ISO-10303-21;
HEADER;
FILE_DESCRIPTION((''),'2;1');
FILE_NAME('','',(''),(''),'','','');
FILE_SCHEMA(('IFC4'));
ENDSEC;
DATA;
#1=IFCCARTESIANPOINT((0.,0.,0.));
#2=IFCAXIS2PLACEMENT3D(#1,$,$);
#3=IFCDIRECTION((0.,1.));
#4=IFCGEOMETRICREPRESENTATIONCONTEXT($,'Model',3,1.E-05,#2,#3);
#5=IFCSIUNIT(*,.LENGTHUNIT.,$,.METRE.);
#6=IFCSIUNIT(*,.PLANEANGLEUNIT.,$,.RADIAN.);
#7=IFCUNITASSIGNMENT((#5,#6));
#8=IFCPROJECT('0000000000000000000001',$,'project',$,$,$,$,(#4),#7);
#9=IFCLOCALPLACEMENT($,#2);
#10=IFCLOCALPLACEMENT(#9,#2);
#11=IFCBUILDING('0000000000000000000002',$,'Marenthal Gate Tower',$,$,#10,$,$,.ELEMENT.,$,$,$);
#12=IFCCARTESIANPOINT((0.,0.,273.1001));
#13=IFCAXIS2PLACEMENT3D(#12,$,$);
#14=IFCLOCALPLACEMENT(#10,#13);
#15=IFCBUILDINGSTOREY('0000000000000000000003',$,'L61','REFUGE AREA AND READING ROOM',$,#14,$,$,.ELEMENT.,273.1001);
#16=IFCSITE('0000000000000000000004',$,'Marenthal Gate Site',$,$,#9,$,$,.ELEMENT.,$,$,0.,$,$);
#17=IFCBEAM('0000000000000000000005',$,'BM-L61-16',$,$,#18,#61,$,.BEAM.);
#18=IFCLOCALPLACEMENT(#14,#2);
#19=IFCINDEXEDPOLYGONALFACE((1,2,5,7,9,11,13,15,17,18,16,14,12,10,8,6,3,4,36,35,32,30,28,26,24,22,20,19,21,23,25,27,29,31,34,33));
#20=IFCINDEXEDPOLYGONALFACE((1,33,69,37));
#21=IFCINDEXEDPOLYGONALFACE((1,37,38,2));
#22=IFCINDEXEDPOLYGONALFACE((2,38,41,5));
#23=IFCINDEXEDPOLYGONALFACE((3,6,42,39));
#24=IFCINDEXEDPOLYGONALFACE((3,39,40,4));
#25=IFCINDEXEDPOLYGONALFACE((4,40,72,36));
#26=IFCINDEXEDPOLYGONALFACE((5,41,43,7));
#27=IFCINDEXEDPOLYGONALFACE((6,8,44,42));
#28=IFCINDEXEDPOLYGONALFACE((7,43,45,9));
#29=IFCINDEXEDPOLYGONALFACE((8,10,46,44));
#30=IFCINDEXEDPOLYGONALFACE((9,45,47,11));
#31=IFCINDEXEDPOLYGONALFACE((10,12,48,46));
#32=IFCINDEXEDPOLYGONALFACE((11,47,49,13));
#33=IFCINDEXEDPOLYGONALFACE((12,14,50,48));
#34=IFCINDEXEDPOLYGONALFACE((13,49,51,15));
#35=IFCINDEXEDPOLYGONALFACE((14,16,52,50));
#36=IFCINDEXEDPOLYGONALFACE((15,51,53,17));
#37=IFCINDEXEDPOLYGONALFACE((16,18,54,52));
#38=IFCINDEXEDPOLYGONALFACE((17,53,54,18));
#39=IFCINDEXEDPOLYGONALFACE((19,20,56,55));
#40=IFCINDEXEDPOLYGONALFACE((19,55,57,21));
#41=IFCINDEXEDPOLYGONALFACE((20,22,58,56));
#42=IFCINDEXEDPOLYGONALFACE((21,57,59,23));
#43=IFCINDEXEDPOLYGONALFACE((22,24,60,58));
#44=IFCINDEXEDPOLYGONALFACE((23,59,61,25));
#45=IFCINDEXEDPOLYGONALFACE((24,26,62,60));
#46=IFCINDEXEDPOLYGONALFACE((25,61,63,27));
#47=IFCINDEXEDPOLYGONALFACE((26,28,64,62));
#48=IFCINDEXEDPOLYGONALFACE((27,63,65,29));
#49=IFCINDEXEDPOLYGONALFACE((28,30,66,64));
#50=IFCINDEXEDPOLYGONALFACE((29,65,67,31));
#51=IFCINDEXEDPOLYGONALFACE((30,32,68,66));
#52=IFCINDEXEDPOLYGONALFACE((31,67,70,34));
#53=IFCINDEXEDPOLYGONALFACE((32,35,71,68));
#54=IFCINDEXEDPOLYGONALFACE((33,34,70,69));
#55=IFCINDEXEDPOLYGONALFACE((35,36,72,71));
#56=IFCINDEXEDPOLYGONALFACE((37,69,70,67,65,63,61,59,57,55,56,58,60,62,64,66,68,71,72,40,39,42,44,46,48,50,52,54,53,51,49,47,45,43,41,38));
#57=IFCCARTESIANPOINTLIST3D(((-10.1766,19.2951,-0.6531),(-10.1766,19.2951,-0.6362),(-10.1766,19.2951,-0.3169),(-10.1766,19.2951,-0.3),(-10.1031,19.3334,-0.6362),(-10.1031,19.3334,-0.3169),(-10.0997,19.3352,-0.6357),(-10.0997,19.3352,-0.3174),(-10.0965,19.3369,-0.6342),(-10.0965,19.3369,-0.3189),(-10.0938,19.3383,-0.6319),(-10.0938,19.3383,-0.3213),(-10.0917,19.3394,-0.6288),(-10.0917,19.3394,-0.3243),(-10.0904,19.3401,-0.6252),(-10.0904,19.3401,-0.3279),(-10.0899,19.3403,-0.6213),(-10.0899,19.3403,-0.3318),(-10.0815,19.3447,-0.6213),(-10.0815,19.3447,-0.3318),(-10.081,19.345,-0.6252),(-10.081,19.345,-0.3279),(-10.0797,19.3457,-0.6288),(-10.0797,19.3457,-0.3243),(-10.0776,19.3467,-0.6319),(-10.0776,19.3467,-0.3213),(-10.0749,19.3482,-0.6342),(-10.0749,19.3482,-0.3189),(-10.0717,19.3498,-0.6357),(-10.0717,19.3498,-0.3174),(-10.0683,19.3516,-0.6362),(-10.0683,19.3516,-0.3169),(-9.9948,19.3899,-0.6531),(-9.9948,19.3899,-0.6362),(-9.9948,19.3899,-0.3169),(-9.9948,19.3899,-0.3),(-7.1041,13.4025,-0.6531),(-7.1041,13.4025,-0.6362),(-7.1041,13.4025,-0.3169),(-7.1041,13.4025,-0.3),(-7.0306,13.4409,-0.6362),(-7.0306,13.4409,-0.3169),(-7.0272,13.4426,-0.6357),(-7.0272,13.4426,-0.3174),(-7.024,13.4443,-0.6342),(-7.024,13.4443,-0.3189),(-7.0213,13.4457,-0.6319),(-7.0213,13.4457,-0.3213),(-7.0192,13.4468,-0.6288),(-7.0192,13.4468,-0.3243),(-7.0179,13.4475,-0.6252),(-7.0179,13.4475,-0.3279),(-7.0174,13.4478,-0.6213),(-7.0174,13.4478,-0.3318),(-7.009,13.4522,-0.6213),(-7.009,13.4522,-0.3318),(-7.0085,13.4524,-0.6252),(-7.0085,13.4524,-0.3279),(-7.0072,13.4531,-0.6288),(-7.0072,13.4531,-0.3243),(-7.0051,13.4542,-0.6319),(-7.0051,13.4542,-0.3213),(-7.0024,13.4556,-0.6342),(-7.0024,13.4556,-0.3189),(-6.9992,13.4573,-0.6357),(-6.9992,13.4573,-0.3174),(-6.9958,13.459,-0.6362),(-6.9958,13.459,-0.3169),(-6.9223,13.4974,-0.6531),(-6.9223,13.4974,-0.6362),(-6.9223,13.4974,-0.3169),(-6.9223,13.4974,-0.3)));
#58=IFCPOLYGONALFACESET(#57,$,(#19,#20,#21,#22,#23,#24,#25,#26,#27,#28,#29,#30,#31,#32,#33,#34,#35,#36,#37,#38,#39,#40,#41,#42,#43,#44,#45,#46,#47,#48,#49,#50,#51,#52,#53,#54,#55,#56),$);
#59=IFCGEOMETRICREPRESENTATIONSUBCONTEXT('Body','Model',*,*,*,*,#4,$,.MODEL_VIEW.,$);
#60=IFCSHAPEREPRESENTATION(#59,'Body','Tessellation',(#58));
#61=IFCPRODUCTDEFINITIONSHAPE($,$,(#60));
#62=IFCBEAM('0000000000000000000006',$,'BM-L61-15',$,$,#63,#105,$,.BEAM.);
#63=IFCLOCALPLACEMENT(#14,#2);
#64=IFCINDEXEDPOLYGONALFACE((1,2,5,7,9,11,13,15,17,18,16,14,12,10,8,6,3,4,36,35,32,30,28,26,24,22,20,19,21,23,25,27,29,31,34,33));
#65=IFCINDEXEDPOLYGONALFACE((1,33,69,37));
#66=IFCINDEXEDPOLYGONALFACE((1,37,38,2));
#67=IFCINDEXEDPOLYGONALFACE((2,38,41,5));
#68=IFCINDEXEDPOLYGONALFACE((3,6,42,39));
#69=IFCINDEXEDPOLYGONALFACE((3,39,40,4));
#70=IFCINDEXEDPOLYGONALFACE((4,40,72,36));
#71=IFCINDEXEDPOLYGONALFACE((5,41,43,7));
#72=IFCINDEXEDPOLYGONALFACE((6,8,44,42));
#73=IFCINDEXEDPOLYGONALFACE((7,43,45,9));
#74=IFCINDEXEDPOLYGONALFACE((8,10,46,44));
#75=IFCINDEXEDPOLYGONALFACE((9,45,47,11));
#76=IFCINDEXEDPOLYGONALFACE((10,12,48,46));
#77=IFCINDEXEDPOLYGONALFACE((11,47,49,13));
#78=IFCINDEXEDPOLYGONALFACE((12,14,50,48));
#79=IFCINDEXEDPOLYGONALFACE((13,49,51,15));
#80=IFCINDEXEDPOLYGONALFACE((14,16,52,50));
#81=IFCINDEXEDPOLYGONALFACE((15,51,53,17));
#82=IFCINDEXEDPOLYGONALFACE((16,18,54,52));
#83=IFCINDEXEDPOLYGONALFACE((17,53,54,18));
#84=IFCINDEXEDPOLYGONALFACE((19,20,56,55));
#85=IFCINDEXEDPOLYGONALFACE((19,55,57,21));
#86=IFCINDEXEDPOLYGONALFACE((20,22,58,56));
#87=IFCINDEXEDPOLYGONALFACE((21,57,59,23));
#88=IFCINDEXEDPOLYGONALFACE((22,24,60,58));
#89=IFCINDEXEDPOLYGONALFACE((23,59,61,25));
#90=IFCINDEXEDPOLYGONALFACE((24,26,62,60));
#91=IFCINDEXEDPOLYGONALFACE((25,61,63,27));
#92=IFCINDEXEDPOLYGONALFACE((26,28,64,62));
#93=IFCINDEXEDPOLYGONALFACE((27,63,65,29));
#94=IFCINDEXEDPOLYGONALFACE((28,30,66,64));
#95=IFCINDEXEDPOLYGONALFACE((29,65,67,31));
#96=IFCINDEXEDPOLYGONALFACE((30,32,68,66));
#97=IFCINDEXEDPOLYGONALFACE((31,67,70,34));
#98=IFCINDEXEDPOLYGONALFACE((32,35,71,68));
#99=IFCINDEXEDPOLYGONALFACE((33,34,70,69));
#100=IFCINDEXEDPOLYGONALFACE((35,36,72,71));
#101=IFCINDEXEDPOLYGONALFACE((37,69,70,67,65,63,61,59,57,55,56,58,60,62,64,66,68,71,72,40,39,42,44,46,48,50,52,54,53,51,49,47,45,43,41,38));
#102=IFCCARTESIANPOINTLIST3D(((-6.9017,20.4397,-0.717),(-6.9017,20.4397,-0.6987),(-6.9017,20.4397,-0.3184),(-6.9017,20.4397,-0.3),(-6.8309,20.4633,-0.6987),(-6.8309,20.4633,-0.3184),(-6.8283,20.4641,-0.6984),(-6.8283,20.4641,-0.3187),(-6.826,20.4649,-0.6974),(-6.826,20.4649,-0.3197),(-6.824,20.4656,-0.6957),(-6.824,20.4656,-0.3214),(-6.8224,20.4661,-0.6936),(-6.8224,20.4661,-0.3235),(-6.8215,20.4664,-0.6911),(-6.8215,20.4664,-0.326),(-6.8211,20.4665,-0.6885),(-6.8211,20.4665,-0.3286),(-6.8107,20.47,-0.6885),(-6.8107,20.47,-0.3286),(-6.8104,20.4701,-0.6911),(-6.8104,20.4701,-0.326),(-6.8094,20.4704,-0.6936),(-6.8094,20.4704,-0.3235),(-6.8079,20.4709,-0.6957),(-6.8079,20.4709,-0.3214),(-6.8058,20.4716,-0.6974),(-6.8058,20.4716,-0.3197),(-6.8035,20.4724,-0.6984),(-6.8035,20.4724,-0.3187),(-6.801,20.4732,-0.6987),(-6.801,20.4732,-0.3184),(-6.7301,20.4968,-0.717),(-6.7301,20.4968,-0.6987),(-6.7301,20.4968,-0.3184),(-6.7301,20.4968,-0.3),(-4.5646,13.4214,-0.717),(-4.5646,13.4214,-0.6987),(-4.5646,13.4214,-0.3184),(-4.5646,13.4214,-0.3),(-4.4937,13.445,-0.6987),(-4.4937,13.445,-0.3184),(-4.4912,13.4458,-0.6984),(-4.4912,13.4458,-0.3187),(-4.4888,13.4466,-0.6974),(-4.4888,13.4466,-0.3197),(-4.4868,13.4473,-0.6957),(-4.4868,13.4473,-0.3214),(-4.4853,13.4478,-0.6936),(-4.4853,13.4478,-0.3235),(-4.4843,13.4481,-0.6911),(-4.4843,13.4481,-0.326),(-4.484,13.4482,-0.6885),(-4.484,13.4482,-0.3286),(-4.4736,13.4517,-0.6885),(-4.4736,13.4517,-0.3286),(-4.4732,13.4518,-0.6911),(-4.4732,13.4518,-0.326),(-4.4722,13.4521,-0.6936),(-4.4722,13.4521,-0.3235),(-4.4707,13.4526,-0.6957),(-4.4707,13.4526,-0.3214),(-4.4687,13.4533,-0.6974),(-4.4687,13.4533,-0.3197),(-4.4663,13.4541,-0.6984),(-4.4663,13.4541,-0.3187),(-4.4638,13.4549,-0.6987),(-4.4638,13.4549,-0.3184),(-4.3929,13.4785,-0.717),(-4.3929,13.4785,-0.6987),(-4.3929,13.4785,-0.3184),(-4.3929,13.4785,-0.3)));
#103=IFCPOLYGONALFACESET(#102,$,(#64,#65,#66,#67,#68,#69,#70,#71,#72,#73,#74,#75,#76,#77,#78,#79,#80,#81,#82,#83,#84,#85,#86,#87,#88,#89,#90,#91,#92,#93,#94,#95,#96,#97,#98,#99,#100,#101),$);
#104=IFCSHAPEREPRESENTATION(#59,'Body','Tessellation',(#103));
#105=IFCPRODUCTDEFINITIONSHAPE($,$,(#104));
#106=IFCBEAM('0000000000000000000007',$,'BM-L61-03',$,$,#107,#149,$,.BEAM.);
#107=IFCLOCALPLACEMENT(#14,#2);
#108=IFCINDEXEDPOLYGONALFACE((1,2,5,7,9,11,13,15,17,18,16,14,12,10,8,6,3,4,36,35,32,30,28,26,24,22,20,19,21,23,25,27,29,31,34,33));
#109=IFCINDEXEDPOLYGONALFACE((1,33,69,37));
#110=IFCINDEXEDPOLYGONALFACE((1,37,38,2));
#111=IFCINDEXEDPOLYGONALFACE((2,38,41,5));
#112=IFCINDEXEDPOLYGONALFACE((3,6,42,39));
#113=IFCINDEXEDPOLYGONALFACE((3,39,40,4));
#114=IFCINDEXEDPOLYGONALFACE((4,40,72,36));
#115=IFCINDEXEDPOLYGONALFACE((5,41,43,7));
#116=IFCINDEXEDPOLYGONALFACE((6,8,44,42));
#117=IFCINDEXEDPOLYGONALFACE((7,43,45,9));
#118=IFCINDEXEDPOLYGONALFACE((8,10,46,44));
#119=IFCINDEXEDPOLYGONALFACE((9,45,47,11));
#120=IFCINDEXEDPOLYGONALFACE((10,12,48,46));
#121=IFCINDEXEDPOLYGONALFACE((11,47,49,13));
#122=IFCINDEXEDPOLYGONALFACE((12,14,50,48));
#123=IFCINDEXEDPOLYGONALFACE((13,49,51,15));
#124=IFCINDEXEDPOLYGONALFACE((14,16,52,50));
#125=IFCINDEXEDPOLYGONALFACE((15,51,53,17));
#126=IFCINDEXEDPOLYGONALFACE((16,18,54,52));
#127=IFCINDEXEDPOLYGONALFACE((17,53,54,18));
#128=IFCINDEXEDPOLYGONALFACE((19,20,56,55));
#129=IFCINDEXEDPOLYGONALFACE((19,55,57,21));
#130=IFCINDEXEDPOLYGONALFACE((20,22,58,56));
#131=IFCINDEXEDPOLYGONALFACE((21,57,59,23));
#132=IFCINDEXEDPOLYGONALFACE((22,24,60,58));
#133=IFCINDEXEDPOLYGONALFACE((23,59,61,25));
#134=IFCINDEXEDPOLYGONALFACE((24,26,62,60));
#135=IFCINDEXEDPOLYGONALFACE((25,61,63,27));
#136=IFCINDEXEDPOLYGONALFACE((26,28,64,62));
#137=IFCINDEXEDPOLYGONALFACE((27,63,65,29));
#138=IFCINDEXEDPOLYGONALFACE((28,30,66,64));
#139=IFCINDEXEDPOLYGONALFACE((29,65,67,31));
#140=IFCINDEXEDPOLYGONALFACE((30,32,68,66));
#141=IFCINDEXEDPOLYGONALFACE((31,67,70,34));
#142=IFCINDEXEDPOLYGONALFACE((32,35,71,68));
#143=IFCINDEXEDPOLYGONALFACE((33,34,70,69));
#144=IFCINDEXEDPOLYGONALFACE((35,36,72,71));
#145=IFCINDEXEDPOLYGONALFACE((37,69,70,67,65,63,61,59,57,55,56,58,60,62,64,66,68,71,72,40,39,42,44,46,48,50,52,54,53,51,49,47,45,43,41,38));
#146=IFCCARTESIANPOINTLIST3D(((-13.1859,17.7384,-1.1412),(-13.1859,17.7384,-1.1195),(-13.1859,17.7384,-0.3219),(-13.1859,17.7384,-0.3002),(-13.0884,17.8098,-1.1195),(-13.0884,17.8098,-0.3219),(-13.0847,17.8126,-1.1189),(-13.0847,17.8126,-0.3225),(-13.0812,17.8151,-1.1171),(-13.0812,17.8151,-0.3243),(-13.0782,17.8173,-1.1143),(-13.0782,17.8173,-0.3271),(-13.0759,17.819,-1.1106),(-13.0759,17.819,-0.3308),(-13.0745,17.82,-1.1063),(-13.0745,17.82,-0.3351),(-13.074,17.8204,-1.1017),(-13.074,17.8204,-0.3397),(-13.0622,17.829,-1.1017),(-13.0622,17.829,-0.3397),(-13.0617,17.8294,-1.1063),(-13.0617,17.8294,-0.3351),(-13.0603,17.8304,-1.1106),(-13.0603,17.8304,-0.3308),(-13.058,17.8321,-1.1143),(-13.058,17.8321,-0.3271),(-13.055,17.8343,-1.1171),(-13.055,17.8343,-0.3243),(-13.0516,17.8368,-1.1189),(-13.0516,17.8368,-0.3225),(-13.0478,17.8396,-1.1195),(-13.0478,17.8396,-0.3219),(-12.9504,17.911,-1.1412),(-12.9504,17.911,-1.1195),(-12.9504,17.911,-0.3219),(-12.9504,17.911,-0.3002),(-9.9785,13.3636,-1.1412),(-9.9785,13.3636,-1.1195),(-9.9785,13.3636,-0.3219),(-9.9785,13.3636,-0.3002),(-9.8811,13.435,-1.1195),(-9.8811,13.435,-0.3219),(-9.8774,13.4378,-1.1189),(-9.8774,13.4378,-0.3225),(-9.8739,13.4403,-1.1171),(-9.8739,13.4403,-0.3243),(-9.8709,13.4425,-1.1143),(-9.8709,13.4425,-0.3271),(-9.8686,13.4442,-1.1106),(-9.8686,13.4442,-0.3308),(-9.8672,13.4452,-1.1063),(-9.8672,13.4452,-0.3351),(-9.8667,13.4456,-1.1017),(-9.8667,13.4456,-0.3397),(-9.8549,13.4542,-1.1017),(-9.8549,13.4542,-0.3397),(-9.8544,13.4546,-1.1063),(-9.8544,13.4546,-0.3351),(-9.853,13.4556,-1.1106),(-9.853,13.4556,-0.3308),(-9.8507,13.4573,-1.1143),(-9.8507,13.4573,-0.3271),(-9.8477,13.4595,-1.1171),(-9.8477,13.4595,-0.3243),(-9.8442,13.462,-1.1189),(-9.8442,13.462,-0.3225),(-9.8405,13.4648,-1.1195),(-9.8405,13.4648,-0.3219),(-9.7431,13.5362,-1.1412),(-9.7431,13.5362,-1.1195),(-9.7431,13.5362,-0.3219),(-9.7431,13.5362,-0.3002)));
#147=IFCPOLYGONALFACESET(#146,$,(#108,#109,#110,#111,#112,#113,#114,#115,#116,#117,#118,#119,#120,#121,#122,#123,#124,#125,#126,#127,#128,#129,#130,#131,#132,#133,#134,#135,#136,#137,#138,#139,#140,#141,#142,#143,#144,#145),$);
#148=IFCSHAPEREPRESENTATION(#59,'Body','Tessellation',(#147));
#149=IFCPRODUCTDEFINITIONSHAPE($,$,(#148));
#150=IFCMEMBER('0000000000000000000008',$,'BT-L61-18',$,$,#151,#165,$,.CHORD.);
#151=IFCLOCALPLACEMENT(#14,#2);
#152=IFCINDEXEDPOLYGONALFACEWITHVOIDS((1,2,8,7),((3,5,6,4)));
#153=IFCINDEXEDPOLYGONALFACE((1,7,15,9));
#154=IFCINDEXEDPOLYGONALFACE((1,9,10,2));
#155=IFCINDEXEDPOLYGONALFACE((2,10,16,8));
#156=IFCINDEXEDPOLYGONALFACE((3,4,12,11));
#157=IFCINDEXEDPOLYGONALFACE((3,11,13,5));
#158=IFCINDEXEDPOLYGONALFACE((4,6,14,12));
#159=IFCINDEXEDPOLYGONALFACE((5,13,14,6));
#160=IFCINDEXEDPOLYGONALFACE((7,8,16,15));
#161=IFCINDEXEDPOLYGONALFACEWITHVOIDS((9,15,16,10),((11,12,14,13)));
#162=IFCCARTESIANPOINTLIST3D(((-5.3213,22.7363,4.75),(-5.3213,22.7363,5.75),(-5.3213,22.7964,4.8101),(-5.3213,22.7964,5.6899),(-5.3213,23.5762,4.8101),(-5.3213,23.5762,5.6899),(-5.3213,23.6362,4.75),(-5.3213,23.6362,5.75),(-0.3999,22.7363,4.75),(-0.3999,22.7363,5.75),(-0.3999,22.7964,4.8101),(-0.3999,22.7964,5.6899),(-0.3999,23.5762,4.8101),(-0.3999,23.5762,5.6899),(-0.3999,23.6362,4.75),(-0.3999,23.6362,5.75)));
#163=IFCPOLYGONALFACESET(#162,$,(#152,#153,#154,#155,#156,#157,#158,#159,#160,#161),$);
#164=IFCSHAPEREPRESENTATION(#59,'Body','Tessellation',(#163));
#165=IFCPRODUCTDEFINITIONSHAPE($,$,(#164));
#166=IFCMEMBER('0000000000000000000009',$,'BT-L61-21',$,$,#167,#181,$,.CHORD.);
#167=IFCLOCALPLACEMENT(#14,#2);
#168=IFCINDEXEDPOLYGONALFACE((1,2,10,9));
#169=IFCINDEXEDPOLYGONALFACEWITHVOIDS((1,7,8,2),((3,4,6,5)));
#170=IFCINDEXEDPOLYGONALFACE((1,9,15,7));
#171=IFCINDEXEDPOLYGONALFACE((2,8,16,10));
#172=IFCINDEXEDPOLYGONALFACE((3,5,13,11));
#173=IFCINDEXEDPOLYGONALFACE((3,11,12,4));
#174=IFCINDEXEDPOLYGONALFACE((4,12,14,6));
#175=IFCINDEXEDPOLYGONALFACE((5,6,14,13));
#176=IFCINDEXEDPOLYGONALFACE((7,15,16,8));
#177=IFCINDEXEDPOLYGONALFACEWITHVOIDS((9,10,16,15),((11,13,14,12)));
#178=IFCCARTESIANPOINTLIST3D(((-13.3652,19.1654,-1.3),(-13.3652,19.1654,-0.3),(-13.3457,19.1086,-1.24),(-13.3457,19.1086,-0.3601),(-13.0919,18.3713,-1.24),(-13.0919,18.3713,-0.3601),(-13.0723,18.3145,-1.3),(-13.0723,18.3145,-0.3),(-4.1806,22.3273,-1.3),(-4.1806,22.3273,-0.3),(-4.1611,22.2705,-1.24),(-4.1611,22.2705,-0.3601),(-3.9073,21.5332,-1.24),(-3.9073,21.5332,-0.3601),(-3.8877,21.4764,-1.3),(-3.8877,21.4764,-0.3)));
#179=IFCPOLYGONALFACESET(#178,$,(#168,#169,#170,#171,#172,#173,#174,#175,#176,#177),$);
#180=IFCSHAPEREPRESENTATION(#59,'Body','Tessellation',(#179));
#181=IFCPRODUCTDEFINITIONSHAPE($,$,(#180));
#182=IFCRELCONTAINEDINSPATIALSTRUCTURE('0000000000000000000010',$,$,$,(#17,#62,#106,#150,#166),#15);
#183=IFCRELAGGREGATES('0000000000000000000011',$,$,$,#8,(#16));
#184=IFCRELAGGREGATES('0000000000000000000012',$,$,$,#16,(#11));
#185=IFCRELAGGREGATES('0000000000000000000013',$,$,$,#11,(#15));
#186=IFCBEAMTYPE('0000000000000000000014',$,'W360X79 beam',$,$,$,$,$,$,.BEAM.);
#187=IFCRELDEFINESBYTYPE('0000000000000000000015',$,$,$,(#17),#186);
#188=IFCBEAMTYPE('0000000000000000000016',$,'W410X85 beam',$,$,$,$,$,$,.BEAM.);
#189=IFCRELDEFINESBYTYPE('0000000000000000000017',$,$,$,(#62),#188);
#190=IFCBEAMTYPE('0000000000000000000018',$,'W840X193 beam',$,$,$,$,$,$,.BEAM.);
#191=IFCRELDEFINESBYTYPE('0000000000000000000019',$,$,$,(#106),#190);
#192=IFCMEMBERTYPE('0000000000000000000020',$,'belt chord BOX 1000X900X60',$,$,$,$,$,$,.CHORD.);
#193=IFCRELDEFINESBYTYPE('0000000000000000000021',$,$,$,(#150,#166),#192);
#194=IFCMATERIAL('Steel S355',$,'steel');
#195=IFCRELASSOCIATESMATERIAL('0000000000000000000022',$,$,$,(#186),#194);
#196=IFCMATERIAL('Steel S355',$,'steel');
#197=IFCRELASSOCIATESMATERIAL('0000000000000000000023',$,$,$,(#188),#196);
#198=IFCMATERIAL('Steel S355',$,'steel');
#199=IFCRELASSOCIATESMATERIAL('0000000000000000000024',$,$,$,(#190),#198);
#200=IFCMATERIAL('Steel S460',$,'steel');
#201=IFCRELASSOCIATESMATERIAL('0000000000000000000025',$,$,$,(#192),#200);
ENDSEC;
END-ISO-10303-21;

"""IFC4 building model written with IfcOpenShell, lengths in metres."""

from ifc_helpers import new_model, si_unit, direction, frame, origin, origin_2d, place, context, subcontext, project, spatial, hollow_rectangle, i_section, extrude, material, material_profile, profile_set, type_object, element, save


model = new_model("IFC4")

# Units and contexts
model_context = context("Model", 3, precision=1e-05, world=origin(), true_north=direction((0.0, 1.0)))
body_context = subcontext(model_context, "Body", "Model", "MODEL_VIEW")
ifc_project = project(units=[si_unit("LENGTHUNIT", "METRE"), si_unit("PLANEANGLEUNIT", "RADIAN")], contexts=[model_context])

# Site, building, storey
site_placement = place(None, origin())
site = spatial("IfcSite", under=ifc_project, at=site_placement, Name="Marenthal Gate Site", CompositionType="ELEMENT", RefElevation=0.0)
building_placement = place(site_placement, origin())
building = spatial("IfcBuilding", under=site, at=building_placement, Name="Marenthal Gate Tower", CompositionType="ELEMENT")
storey_placement = place(building_placement, frame((0.0, 0.0, 273.1001)))
storey = spatial("IfcBuildingStorey", under=building, at=storey_placement, Name="L61", Description="REFUGE AREA AND READING ROOM", CompositionType="ELEMENT", Elevation=273.1001)

# Beams
ifc_material_1 = material(Name="Steel S355", Category="steel")
ifc_material_profile_1 = material_profile(ifc_material_1, i_section(OverallWidth=0.2051, OverallDepth=0.353, WebThickness=0.0095, FlangeThickness=0.0168, FilletRadius=0.0149, at=origin_2d()), Name="W360X79")
ifc_profile_set_1 = profile_set([ifc_material_profile_1], Name="Steel S355")
beam_type_1 = type_object("IfcBeamType", Name="W360X79 beam", PredefinedType="BEAM", material=ifc_profile_set_1)
beam_1_placement = place(storey_placement, frame((-10.0857, 19.3425, -0.4766), z_axis=(0.462344, -0.886701, 0.0), x_axis=(0.886701, 0.462344, 0.0)))
element("IfcBeam", 1, at=beam_1_placement, inside=storey, type_object=beam_type_1, Name="BM-L61-16", PredefinedType="BEAM", context=body_context, shape_type="SweptSolid", body=[
    extrude(i_section(OverallWidth=0.2051, OverallDepth=0.353, WebThickness=0.0095, FlangeThickness=0.0168, FilletRadius=0.0149, at=origin_2d()), origin(), (0.0, 0.0, 1.0), 6.6455),
])
ifc_material_2 = material(Name="Steel S355", Category="steel")
ifc_material_profile_2 = material_profile(ifc_material_2, i_section(OverallWidth=0.1809, OverallDepth=0.417, WebThickness=0.011, FlangeThickness=0.0183, FilletRadius=0.0103, at=origin_2d()), Name="W410X85")
ifc_profile_set_2 = profile_set([ifc_material_profile_2], Name="Steel S355")
beam_type_2 = type_object("IfcBeamType", Name="W410X85 beam", PredefinedType="BEAM", material=ifc_profile_set_2)
beam_2_placement = place(storey_placement, frame((-6.8159, 20.4683, -0.5085), z_axis=(0.315951, -0.948776, 0.0), x_axis=(0.948776, 0.315951, 0.0)))
element("IfcBeam", 2, at=beam_2_placement, inside=storey, type_object=beam_type_2, Name="BM-L61-15", PredefinedType="BEAM", context=body_context, shape_type="SweptSolid", body=[
    extrude(i_section(OverallWidth=0.1809, OverallDepth=0.417, WebThickness=0.011, FlangeThickness=0.0183, FilletRadius=0.0103, at=origin_2d()), origin(), (0.0, 0.0, 1.0), 7.3972),
])
ifc_material_3 = material(Name="Steel S355", Category="steel")
ifc_material_profile_3 = material_profile(ifc_material_3, i_section(OverallWidth=0.292, OverallDepth=0.8411, WebThickness=0.0146, FlangeThickness=0.0217, FilletRadius=0.0178, at=origin_2d()), Name="W840X193")
ifc_profile_set_3 = profile_set([ifc_material_profile_3], Name="Steel S355")
beam_type_3 = type_object("IfcBeamType", Name="W840X193 beam", PredefinedType="BEAM", material=ifc_profile_set_3)
beam_3_placement = place(storey_placement, frame((-13.0681, 17.8247, -0.7207), z_axis=(0.591258, -0.806482, 0.0), x_axis=(0.806482, 0.591258, 0.0)))
element("IfcBeam", 3, at=beam_3_placement, inside=storey, type_object=beam_type_3, Name="BM-L61-03", PredefinedType="BEAM", context=body_context, shape_type="SweptSolid", body=[
    extrude(i_section(OverallWidth=0.292, OverallDepth=0.8411, WebThickness=0.0146, FlangeThickness=0.0217, FilletRadius=0.0178, at=origin_2d()), origin(), (0.0, 0.0, 1.0), 5.4246),
])

# Members
ifc_material_4 = material(Name="Steel S460", Category="steel")
ifc_material_profile_4 = material_profile(ifc_material_4, hollow_rectangle(XDim=0.8999, YDim=1.0, WallThickness=0.0601, at=origin_2d()), Name="BOX 1000X900X60")
ifc_profile_set_4 = profile_set([ifc_material_profile_4], Name="Steel S460")
member_type_1 = type_object("IfcMemberType", Name="belt chord BOX 1000X900X60", PredefinedType="CHORD", material=ifc_profile_set_4)
member_1_placement = place(storey_placement, frame((-0.3999, 23.1863, 5.25), z_axis=(-1.0, 0.0, 0.0), x_axis=(0.0, -1.0, 0.0)))
element("IfcMember", 4, at=member_1_placement, inside=storey, type_object=member_type_1, Name="BT-L61-18", PredefinedType="CHORD", context=body_context, shape_type="SweptSolid", body=[
    extrude(hollow_rectangle(XDim=0.8999, YDim=1.0, WallThickness=0.0601, at=origin_2d()), origin(), (0.0, 0.0, 1.0), 4.9214),
])
member_2_placement = place(storey_placement, frame((-4.0342, 21.9019, -0.8), z_axis=(-0.945539, -0.32551, 0.0), x_axis=(0.32551, -0.945539, 0.0)))
element("IfcMember", 5, at=member_2_placement, inside=storey, type_object=member_type_1, Name="BT-L61-21", PredefinedType="CHORD", context=body_context, shape_type="SweptSolid", body=[
    extrude(hollow_rectangle(XDim=0.8999, YDim=1.0, WallThickness=0.0601, at=origin_2d()), origin(), (0.0, 0.0, 1.0), 9.7136),
])

save(model, "model.ifc")
